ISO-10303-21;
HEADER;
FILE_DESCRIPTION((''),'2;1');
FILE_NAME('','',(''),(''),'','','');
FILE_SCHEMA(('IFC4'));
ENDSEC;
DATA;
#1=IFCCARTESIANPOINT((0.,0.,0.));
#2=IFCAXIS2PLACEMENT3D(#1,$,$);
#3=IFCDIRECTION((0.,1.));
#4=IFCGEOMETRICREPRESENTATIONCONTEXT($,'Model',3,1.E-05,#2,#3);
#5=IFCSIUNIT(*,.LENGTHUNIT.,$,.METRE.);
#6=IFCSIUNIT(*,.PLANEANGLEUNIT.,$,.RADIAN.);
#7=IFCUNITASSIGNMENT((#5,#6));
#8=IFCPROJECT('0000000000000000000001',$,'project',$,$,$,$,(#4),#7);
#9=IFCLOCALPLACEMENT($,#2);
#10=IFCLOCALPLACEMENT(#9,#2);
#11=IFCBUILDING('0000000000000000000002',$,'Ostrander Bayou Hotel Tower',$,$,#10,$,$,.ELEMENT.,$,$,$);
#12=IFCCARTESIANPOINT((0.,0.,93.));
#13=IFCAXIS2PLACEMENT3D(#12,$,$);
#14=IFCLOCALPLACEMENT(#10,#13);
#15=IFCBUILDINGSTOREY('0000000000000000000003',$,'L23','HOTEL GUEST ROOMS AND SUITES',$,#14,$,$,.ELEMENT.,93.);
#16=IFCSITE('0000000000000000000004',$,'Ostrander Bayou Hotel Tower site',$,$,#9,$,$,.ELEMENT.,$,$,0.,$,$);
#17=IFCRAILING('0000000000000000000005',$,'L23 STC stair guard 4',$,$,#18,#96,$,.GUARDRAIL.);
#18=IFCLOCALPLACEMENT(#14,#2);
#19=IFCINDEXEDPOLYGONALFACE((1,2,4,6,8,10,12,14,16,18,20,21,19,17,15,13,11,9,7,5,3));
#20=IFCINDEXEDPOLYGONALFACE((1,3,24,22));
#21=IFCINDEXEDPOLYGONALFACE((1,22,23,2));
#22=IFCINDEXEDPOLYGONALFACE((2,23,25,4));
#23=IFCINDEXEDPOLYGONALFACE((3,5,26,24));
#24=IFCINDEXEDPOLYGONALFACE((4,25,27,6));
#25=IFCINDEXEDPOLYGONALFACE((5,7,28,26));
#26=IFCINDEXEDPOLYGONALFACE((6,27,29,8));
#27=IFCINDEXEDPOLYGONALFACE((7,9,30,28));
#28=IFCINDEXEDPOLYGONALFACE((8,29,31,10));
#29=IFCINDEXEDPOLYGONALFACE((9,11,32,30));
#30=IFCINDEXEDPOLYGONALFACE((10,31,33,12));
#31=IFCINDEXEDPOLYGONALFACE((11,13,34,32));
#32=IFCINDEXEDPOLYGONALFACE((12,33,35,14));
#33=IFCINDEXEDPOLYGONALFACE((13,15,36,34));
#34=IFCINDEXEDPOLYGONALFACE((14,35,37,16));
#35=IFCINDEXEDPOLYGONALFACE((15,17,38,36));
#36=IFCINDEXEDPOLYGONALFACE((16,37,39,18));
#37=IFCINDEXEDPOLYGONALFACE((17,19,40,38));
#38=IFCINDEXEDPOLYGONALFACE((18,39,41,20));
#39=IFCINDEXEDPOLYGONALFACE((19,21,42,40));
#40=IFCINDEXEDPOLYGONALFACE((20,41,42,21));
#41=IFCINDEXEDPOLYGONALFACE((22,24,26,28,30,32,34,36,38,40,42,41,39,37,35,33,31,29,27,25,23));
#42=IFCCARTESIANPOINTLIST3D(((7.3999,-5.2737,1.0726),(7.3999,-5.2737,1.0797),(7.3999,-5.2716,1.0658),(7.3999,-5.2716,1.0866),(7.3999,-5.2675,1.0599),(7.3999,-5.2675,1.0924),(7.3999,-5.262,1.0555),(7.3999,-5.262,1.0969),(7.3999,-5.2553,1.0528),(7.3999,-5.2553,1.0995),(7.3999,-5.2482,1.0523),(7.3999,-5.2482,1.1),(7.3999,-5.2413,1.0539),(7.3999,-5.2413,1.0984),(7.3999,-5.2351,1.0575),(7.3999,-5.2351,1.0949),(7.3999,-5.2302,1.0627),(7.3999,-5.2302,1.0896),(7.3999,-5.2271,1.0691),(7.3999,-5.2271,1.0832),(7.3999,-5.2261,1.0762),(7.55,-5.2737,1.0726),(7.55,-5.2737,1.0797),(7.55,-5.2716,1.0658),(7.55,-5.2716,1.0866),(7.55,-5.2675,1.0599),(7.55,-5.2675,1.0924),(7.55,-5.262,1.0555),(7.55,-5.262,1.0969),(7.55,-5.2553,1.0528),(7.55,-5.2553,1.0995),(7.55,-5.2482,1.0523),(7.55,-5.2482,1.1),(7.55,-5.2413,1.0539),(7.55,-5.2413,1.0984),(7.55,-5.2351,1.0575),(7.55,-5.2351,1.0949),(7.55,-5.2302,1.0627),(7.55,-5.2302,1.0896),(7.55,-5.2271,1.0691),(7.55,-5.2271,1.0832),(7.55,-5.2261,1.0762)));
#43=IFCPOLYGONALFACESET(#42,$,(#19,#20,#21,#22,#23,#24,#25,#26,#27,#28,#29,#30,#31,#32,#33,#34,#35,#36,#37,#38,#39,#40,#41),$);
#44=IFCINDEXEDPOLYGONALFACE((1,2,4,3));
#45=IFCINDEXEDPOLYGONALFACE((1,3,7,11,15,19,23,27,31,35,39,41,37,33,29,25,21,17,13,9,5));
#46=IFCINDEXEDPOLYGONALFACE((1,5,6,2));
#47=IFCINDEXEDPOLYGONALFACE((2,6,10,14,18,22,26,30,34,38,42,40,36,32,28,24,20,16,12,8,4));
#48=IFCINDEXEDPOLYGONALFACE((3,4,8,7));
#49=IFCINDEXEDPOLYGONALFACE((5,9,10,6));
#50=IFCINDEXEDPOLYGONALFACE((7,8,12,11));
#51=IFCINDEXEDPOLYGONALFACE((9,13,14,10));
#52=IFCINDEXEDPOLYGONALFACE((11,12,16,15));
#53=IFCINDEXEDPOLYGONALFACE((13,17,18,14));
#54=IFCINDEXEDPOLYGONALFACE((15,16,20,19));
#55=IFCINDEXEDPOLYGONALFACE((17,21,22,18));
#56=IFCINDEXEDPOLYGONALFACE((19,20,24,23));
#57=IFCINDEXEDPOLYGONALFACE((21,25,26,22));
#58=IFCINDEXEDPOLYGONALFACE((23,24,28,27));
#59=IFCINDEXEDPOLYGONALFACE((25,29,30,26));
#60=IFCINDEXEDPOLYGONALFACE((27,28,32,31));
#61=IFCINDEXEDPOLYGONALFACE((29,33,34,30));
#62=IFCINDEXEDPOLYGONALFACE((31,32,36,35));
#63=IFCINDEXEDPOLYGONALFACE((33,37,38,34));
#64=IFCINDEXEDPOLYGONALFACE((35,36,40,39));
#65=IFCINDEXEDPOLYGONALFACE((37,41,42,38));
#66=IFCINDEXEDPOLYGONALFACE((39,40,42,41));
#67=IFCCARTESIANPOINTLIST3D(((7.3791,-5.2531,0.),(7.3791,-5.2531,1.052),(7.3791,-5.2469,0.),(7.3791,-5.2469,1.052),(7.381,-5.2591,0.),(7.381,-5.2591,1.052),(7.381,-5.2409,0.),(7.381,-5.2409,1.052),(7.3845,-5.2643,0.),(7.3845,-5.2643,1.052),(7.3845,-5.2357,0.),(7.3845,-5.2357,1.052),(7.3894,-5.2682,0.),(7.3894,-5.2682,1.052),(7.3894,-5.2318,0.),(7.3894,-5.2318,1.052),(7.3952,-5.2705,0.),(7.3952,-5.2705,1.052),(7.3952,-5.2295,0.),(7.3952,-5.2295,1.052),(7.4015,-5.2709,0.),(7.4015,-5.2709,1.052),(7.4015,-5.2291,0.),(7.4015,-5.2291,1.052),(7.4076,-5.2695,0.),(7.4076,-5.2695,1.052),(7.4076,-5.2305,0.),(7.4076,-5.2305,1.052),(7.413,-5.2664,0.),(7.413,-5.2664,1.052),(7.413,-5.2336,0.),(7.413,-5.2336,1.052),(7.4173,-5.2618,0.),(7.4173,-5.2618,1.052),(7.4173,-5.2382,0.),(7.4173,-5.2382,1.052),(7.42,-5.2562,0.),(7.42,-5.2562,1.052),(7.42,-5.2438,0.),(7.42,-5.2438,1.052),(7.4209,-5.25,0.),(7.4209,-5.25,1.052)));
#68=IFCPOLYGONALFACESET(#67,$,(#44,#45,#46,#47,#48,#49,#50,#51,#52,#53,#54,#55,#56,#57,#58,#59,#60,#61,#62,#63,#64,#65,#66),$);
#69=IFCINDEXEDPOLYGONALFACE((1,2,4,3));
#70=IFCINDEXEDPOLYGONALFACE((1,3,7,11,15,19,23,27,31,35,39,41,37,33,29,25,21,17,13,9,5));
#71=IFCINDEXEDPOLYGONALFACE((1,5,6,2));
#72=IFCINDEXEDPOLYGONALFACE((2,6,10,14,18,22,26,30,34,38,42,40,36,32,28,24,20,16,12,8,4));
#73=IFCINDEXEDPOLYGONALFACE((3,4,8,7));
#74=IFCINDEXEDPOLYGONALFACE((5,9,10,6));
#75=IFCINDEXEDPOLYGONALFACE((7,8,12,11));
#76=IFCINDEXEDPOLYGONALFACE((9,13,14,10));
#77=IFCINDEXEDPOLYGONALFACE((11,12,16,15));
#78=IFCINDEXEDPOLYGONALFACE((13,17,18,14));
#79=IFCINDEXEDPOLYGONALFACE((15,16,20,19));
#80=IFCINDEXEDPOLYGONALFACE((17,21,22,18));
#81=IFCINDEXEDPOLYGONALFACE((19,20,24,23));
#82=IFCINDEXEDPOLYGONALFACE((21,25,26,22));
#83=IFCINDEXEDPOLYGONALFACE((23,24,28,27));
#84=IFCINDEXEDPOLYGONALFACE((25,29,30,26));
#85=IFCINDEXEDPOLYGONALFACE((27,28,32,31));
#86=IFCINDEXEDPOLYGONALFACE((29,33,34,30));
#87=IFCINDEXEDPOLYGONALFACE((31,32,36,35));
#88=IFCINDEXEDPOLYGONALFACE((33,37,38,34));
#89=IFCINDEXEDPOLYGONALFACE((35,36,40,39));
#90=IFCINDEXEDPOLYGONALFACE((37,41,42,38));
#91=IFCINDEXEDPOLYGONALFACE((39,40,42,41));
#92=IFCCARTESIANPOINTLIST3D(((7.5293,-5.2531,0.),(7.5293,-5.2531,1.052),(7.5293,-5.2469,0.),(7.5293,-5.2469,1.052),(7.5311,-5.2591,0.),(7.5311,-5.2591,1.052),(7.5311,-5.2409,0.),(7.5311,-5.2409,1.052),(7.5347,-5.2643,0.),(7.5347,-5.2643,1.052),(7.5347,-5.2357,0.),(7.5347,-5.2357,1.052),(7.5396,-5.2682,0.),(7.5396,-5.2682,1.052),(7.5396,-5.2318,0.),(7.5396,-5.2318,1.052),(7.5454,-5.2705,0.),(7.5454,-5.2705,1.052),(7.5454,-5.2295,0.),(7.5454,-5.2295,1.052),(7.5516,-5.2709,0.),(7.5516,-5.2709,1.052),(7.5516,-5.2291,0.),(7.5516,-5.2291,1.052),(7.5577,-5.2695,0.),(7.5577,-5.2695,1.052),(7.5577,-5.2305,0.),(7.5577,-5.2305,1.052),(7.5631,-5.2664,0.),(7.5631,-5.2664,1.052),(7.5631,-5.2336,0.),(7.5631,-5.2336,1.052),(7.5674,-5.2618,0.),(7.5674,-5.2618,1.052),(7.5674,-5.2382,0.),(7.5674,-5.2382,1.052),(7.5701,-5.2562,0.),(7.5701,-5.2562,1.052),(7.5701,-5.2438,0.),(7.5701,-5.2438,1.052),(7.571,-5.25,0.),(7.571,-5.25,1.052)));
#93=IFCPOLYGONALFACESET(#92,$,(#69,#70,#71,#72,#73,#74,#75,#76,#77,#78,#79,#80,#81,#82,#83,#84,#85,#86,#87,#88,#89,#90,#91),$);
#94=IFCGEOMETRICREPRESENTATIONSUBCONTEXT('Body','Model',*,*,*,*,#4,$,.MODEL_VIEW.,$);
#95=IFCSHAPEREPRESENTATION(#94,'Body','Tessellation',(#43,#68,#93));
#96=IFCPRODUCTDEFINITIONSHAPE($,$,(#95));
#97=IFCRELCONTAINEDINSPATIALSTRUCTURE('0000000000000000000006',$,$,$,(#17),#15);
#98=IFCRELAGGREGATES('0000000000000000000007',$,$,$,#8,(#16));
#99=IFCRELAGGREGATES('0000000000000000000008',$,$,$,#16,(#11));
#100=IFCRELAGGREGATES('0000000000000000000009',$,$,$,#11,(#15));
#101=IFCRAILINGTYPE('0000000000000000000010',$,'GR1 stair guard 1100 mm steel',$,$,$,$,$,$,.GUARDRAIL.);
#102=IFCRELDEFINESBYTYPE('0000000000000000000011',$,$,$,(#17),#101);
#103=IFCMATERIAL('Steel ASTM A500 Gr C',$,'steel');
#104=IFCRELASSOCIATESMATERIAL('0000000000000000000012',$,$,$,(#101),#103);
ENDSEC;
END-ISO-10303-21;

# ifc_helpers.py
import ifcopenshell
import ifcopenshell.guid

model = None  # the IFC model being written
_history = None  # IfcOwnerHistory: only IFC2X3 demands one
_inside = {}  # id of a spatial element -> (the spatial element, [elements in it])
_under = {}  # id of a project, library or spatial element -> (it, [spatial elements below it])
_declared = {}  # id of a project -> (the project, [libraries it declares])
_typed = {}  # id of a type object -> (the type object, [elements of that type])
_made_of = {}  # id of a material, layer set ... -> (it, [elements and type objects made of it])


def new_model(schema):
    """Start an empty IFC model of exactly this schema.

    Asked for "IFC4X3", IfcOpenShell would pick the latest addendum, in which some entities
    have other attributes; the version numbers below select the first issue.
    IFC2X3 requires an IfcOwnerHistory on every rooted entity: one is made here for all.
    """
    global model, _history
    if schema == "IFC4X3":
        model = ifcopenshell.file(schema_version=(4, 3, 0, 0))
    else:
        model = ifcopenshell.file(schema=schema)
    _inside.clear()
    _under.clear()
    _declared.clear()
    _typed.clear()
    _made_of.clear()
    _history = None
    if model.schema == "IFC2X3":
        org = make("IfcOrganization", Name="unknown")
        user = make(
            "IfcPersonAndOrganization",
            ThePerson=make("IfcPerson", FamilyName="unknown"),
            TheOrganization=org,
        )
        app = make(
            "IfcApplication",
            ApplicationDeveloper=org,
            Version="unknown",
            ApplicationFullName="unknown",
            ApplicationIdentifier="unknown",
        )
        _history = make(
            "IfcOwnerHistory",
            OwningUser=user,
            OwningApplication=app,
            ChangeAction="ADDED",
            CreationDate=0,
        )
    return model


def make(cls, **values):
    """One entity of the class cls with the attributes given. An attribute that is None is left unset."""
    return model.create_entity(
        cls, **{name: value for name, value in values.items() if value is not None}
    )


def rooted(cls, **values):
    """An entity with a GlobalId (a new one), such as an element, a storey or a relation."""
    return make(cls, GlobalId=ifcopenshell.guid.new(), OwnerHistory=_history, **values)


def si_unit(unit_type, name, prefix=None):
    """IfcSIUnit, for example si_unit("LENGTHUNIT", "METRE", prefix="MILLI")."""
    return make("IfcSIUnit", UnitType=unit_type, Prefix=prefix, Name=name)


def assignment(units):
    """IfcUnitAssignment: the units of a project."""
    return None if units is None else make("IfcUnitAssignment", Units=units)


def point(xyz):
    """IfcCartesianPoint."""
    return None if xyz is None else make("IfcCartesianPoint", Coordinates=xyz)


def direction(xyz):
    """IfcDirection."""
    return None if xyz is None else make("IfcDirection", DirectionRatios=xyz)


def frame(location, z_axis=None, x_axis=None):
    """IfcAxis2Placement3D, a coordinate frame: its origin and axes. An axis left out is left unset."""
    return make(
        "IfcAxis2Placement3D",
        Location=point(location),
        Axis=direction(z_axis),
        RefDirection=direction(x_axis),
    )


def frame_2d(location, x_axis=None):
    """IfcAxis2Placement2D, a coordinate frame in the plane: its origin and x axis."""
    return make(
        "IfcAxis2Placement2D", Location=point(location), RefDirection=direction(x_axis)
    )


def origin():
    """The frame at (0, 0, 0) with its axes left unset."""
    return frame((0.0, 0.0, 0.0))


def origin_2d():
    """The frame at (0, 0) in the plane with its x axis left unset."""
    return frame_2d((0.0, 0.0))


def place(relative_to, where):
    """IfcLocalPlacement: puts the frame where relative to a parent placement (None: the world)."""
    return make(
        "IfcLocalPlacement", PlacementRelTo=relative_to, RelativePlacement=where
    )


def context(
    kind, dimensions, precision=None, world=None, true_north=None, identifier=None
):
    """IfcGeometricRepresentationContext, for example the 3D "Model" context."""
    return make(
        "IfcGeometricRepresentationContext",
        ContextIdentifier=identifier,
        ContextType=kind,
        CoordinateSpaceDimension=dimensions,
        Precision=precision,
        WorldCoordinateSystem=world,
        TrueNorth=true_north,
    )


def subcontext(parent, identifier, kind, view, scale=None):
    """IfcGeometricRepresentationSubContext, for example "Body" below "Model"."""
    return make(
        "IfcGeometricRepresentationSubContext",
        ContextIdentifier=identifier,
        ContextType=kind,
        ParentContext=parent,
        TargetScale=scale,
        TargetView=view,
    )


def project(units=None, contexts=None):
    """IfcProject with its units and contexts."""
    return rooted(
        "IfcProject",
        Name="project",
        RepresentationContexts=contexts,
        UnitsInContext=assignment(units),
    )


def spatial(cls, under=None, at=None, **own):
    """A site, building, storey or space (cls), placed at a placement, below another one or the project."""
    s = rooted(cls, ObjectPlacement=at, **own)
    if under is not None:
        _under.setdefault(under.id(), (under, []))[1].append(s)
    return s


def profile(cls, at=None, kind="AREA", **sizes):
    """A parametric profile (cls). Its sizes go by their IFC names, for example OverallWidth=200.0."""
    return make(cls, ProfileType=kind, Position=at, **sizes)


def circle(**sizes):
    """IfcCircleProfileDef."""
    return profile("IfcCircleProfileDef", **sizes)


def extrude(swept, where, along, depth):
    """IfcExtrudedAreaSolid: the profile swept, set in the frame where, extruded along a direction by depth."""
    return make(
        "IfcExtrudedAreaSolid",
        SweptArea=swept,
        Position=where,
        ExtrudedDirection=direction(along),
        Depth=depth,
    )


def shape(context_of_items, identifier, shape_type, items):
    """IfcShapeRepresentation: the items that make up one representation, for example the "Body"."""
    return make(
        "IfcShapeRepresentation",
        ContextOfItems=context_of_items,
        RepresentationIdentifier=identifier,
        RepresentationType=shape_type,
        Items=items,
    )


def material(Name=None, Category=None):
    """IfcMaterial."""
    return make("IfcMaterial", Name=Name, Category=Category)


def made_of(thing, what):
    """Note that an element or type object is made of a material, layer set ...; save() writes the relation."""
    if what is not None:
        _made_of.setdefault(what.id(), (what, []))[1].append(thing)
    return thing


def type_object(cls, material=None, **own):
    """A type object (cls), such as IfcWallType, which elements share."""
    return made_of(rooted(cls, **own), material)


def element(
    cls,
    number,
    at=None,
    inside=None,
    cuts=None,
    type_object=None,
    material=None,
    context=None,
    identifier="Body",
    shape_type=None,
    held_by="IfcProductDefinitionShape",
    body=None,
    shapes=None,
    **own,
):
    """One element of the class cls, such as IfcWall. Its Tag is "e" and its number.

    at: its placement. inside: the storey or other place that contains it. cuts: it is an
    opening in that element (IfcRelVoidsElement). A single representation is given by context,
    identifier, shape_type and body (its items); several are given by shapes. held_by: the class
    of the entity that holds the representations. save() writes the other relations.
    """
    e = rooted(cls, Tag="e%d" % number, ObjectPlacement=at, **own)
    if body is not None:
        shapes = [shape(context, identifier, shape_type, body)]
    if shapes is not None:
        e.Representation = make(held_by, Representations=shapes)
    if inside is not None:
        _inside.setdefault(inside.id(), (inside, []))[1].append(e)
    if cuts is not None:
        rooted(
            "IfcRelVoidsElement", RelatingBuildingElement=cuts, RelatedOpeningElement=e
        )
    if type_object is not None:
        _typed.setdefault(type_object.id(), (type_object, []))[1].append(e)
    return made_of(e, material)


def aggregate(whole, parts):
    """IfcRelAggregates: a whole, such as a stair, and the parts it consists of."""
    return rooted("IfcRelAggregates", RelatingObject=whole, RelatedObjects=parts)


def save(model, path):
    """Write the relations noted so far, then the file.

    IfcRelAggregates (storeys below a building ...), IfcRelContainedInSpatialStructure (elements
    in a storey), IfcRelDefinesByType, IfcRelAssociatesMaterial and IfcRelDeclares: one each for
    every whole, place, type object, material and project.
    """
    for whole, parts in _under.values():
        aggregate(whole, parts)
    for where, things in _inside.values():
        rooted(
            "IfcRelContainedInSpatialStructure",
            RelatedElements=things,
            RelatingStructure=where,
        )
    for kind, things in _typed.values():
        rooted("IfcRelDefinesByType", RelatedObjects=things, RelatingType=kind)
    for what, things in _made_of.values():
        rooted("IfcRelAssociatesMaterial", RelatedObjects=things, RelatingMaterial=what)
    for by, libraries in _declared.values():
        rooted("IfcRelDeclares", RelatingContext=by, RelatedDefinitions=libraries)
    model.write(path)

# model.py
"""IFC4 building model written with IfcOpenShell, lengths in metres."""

from ifc_helpers import new_model, si_unit, direction, frame, origin, origin_2d, place, context, subcontext, project, spatial, circle, extrude, material, type_object, element, save


model = new_model("IFC4")

# Units and contexts
model_context = context("Model", 3, precision=1e-05, world=origin(), true_north=direction((0.0, 1.0)))
body_context = subcontext(model_context, "Body", "Model", "MODEL_VIEW")
ifc_project = project(units=[si_unit("LENGTHUNIT", "METRE"), si_unit("PLANEANGLEUNIT", "RADIAN")], contexts=[model_context])

# Site, building, storey
site_placement = place(None, origin())
site = spatial("IfcSite", under=ifc_project, at=site_placement, Name="Ostrander Bayou Hotel Tower site", CompositionType="ELEMENT", RefElevation=0.0)
building_placement = place(site_placement, origin())
building = spatial("IfcBuilding", under=site, at=building_placement, Name="Ostrander Bayou Hotel Tower", CompositionType="ELEMENT")
storey_placement = place(building_placement, frame((0.0, 0.0, 93.0)))
storey = spatial("IfcBuildingStorey", under=building, at=storey_placement, Name="L23", Description="HOTEL GUEST ROOMS AND SUITES", CompositionType="ELEMENT", Elevation=93.0)

# Railing
ifc_material_1 = material(Name="Steel ASTM A500 Gr C", Category="steel")
railing_type_1 = type_object("IfcRailingType", Name="GR1 stair guard 1100 mm steel", PredefinedType="GUARDRAIL", material=ifc_material_1)
railing_1_placement = place(storey_placement, frame((7.3999, -5.25, 0.0)))
element("IfcRailing", 1, at=railing_1_placement, inside=storey, type_object=railing_type_1, Name="L23 STC stair guard 4", PredefinedType="GUARDRAIL", context=body_context, shape_type="SweptSolid", body=[
    extrude(circle(Radius=0.0239, at=origin_2d()), frame((0.0, 0.0, 1.0762), z_axis=(1.0, 0.0, 0.0), x_axis=(0.0, 1.0, 0.0)), (0.0, 0.0, 1.0), 0.1501),
    extrude(circle(Radius=0.021, at=origin_2d()), origin(), (0.0, 0.0, 1.0), 1.052),
    extrude(circle(Radius=0.021, at=origin_2d()), frame((0.1501, 0.0, 0.0)), (0.0, 0.0, 1.0), 1.052),
])

save(model, "model.ifc")
